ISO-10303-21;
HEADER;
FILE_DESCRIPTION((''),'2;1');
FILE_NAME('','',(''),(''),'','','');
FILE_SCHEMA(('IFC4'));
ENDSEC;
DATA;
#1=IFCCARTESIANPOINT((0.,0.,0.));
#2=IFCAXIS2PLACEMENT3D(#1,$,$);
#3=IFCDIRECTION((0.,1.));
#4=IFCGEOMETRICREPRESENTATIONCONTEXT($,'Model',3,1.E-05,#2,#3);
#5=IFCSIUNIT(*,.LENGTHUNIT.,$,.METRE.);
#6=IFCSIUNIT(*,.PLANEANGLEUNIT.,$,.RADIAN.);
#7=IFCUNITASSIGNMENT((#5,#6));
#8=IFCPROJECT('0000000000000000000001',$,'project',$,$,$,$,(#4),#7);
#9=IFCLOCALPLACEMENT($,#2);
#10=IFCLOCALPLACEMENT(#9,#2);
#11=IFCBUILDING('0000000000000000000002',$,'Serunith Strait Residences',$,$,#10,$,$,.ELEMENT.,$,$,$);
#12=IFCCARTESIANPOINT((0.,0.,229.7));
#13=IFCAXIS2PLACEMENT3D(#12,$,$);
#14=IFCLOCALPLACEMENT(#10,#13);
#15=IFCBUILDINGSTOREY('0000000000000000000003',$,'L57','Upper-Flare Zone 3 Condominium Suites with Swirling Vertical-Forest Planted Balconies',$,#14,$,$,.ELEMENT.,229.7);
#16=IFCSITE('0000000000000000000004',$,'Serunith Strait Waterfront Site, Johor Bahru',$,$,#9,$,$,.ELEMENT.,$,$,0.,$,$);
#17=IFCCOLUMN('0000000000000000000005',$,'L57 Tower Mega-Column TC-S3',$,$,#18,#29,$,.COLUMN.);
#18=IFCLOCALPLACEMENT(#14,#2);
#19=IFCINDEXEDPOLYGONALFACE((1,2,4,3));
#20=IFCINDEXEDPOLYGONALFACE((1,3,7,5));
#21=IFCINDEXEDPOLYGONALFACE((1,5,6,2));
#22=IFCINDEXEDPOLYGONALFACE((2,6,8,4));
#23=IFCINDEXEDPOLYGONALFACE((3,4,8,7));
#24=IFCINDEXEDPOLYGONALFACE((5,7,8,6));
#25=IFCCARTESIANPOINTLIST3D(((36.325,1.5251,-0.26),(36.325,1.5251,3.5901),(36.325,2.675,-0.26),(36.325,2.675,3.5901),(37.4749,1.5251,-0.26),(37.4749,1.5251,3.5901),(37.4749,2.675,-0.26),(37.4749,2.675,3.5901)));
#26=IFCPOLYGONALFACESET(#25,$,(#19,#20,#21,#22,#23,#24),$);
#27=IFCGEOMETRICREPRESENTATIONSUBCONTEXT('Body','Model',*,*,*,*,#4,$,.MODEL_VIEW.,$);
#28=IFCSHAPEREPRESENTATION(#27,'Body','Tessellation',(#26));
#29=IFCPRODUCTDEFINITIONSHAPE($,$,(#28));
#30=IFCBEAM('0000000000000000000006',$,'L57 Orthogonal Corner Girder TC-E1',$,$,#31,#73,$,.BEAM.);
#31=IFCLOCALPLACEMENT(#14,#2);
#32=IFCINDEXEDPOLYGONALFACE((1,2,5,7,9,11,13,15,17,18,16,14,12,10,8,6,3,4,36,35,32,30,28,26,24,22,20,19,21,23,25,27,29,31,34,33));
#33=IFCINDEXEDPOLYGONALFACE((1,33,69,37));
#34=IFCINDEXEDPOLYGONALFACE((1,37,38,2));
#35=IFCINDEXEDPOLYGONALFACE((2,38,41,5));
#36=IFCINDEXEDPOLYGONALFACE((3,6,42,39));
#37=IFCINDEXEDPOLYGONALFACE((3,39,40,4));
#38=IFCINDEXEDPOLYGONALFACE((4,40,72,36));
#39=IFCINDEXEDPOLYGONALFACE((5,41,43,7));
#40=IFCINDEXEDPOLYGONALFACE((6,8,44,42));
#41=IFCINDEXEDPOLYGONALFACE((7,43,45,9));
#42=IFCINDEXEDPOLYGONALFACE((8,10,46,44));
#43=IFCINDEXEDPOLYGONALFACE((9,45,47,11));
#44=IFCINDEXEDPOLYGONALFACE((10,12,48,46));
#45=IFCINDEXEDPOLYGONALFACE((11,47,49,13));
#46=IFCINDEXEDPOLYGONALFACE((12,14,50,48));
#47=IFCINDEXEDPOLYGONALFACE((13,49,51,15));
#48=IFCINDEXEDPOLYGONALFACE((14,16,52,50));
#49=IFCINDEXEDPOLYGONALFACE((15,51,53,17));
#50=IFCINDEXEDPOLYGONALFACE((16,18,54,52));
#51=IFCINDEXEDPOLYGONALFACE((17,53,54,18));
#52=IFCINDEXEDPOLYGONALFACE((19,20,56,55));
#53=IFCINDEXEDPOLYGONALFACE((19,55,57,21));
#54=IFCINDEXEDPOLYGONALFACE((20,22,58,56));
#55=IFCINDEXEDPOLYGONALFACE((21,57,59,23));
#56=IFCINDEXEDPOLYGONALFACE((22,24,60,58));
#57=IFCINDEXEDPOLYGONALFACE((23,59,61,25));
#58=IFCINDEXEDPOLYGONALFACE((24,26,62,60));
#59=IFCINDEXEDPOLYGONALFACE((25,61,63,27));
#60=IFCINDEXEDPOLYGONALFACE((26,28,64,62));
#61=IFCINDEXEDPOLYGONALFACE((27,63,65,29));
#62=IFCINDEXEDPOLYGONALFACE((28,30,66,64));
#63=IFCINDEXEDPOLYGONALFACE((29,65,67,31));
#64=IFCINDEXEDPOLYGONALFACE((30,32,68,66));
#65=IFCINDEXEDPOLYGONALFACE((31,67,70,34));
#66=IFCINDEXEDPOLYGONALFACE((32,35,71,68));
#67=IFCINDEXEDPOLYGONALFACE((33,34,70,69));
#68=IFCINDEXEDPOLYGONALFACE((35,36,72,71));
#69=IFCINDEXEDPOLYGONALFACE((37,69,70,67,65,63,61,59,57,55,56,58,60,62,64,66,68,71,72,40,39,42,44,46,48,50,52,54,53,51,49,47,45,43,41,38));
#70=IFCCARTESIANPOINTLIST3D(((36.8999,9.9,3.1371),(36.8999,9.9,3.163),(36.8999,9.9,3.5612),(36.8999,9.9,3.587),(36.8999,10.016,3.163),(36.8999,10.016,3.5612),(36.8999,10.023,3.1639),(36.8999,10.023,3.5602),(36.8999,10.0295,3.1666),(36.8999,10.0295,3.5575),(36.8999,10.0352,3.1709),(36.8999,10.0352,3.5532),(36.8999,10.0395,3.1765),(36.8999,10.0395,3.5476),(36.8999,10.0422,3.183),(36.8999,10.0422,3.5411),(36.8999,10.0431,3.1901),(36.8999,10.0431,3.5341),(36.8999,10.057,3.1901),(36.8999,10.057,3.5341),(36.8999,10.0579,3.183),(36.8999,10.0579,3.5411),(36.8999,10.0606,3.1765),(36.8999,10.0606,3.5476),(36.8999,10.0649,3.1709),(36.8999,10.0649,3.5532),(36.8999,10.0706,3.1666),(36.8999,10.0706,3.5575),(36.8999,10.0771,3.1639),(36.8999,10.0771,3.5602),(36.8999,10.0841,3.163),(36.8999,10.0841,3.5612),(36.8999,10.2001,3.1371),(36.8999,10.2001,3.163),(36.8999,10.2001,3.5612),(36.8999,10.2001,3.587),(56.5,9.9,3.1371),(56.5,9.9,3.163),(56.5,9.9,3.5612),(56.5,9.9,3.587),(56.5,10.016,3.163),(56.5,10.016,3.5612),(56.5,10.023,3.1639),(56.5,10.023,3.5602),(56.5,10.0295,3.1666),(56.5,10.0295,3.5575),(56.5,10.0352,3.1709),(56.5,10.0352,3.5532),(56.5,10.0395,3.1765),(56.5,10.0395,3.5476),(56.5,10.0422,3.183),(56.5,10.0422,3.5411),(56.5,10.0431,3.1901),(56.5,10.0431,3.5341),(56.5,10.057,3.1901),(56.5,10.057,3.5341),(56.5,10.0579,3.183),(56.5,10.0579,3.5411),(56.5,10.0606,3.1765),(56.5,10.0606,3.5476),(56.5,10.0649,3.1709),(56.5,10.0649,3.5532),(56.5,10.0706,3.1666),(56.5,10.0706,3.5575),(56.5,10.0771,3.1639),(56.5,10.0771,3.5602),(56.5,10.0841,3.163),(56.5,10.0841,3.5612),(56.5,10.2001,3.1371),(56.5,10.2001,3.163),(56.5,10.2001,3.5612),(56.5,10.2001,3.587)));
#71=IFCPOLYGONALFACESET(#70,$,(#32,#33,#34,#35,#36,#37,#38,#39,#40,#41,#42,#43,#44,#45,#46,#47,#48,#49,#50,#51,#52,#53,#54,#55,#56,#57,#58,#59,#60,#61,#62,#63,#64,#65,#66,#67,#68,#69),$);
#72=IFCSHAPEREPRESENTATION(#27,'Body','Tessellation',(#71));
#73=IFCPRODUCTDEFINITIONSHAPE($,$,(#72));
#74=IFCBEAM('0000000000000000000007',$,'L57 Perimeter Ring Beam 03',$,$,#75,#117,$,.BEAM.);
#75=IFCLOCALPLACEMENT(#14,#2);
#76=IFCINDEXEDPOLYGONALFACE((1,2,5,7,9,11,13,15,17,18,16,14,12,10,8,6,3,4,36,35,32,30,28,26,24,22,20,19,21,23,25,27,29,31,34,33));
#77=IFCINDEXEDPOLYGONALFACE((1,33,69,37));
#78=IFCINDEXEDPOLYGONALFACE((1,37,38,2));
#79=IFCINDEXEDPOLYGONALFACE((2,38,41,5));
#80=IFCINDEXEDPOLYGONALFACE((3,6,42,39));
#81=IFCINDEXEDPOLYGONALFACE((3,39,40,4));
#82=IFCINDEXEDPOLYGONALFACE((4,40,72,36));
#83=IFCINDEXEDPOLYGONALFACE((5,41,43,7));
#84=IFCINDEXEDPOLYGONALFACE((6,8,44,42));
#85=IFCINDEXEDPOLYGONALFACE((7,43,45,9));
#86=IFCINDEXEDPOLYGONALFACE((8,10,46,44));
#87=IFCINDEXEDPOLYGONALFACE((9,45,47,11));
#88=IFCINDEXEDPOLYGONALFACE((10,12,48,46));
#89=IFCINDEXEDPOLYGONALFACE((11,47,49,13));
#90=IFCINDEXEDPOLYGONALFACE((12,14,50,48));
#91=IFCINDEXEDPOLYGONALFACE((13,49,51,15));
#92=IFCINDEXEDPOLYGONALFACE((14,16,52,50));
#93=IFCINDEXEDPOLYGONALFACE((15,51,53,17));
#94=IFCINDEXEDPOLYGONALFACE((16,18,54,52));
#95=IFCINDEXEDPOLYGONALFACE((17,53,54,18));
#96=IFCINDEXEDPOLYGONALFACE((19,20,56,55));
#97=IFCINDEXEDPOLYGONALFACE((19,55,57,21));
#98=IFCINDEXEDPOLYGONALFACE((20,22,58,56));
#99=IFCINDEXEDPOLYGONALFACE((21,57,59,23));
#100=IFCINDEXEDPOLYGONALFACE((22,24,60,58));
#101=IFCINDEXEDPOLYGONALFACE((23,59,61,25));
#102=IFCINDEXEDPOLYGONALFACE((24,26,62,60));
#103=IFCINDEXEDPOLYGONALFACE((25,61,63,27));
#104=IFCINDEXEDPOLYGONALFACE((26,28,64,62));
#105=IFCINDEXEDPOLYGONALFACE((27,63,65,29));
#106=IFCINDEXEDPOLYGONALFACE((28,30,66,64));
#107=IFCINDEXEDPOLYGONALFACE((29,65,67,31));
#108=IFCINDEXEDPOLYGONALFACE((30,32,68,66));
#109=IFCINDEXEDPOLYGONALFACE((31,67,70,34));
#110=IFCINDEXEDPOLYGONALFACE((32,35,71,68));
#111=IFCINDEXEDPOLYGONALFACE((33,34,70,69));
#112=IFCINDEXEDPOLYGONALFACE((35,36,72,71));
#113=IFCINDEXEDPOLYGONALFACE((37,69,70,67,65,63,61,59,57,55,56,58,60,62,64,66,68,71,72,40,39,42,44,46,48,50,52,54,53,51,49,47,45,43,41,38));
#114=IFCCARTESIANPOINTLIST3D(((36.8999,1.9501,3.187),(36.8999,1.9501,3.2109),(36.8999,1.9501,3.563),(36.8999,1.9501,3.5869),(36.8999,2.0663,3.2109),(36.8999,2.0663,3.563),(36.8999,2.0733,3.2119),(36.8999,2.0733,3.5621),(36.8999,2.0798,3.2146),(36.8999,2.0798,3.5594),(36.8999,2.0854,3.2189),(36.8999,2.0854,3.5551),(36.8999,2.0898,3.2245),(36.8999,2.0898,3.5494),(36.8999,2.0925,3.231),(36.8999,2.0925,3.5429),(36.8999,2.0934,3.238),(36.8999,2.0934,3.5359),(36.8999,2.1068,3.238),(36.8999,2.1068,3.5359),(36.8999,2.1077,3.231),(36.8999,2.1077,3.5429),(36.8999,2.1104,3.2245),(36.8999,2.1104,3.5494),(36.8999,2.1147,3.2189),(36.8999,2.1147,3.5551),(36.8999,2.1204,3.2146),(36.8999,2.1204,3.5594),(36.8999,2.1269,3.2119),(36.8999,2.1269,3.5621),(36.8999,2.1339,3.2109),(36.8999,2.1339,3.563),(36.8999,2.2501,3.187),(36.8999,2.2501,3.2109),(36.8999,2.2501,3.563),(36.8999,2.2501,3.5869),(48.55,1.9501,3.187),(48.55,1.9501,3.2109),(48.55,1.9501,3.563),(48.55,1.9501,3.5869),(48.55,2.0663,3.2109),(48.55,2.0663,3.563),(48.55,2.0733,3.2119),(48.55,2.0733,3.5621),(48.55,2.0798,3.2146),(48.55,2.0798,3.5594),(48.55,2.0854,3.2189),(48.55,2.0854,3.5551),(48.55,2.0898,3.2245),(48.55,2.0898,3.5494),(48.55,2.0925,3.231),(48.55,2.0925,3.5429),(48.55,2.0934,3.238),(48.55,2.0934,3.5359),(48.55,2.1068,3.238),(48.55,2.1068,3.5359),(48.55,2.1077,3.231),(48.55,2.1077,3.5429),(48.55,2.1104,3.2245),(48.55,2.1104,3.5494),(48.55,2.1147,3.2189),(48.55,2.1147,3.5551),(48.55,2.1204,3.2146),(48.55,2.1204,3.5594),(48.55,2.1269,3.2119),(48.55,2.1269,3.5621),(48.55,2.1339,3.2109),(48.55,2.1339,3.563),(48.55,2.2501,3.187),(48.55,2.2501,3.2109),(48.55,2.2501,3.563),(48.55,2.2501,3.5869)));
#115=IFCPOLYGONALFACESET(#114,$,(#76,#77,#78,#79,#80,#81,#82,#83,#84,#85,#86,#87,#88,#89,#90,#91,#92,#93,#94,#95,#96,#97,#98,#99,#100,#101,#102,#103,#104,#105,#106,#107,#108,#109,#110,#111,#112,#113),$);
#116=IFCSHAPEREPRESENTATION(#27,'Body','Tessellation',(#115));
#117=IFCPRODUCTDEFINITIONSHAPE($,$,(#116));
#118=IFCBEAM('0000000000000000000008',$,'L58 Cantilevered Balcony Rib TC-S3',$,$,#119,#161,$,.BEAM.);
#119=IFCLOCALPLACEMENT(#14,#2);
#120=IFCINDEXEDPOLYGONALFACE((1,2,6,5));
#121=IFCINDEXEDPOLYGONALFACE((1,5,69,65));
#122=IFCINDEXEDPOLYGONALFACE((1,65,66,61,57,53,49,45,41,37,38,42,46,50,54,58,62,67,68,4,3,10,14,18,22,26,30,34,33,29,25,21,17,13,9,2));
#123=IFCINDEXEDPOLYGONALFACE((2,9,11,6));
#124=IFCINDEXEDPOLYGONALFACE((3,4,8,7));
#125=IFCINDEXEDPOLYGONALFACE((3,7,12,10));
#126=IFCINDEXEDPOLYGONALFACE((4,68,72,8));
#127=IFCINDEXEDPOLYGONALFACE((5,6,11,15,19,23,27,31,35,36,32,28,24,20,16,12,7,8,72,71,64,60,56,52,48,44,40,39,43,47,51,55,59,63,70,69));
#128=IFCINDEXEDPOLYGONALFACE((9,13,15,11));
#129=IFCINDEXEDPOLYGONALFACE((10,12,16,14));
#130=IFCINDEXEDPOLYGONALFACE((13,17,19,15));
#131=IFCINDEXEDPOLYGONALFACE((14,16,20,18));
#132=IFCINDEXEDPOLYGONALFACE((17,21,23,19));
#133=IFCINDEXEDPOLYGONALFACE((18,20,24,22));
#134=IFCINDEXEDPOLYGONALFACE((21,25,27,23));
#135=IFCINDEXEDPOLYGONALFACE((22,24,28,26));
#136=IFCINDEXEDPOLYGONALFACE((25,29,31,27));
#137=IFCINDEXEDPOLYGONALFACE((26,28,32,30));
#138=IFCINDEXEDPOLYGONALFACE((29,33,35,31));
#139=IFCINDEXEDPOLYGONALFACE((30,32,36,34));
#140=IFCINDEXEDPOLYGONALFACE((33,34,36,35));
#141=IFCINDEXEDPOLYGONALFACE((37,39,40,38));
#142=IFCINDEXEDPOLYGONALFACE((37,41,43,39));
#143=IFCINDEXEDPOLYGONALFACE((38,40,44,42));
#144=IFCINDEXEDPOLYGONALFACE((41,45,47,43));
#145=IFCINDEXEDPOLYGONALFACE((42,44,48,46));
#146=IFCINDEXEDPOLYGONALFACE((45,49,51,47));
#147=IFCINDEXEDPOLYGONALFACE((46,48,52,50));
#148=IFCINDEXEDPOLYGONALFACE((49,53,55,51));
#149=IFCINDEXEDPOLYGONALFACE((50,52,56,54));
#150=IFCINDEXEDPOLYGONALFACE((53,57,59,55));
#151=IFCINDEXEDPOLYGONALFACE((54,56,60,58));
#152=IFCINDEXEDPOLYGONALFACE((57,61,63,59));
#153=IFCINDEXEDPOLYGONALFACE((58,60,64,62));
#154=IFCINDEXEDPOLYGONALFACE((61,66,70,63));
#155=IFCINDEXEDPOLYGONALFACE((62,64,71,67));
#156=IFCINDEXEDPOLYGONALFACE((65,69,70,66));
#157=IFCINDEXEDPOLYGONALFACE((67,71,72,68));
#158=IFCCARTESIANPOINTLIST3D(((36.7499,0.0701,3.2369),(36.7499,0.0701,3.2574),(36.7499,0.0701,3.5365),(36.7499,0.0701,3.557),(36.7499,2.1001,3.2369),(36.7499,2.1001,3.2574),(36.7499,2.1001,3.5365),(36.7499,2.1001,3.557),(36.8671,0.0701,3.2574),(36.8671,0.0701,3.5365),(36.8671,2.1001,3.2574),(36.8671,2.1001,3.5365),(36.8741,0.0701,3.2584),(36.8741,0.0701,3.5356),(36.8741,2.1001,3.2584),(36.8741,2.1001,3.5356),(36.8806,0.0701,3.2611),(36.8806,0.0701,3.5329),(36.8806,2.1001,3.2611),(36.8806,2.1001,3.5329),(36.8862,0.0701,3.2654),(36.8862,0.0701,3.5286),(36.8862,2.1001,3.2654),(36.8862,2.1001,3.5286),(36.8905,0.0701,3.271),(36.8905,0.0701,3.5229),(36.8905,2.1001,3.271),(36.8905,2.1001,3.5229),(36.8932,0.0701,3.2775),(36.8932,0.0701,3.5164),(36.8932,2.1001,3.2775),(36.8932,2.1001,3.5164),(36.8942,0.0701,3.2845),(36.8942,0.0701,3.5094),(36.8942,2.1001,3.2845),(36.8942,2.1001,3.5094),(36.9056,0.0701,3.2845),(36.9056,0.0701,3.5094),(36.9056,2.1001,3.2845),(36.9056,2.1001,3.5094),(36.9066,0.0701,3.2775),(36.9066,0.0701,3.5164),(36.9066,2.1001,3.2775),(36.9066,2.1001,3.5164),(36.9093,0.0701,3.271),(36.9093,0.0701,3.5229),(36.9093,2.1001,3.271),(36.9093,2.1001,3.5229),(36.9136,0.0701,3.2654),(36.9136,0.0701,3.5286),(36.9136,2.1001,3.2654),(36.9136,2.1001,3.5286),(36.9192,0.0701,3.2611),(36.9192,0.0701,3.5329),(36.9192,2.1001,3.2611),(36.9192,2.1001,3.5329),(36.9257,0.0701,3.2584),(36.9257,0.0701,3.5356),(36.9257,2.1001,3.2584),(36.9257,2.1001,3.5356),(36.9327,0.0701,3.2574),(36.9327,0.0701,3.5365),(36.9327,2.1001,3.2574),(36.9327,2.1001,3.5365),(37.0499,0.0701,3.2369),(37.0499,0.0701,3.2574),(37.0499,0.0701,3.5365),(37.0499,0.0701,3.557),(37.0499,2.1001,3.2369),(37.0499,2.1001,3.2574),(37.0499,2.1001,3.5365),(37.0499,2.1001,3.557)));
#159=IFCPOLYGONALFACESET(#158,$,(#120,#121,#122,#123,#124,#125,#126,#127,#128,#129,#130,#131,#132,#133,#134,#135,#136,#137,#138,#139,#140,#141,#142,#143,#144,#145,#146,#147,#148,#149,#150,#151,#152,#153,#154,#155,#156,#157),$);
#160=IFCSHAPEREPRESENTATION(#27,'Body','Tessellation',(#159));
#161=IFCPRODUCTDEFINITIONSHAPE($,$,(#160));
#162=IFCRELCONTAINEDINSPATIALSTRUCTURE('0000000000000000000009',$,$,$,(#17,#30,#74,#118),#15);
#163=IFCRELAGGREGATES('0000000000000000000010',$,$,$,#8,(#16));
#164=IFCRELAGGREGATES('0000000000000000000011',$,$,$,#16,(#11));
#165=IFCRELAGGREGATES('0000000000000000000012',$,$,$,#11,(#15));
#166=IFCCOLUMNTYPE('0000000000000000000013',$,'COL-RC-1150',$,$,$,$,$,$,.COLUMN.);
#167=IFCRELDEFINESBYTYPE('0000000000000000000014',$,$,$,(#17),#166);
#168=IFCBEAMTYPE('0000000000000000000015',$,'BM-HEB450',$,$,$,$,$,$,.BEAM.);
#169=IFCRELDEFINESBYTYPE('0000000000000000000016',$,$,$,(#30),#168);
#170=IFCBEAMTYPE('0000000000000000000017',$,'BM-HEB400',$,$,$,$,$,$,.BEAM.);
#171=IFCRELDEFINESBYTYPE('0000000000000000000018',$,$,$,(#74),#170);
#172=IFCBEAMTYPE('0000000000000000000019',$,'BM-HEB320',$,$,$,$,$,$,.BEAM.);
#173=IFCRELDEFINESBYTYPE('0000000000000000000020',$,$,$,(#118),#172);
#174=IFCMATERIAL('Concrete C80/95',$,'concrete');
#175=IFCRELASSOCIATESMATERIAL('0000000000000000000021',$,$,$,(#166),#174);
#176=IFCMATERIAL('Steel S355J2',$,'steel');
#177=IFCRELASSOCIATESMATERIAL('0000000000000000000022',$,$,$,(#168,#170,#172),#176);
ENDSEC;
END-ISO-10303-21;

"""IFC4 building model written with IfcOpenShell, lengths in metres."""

from ifc_helpers import new_model, si_unit, direction, frame, origin, origin_2d, place, context, subcontext, project, spatial, rectangle, i_section, extrude, source, transform, mapped, material, material_profile, profile_set, type_object, element, save


model = new_model("IFC4")

# Units and contexts
model_context = context("Model", 3, precision=1e-05, world=origin(), true_north=direction((0.0, 1.0)))
body_context = subcontext(model_context, "Body", "Model", "MODEL_VIEW")
ifc_project = project(units=[si_unit("LENGTHUNIT", "METRE"), si_unit("PLANEANGLEUNIT", "RADIAN")], contexts=[model_context])

# Site, building, storey
site_placement = place(None, origin())
site = spatial("IfcSite", under=ifc_project, at=site_placement, Name="Serunith Strait Waterfront Site, Johor Bahru", CompositionType="ELEMENT", RefElevation=0.0)
building_placement = place(site_placement, origin())
building = spatial("IfcBuilding", under=site, at=building_placement, Name="Serunith Strait Residences", CompositionType="ELEMENT")
storey_placement = place(building_placement, frame((0.0, 0.0, 229.7)))
storey = spatial("IfcBuildingStorey", under=building, at=storey_placement, Name="L57", Description="Upper-Flare Zone 3 Condominium Suites with Swirling Vertical-Forest Planted Balconies", CompositionType="ELEMENT", Elevation=229.7)

# Column
ifc_material_1 = material(Name="Concrete C80/95", Category="concrete")
ifc_material_profile_1 = material_profile(ifc_material_1, rectangle(XDim=1.1499, YDim=1.1499, at=origin_2d()), Name="RC 1150x1150")
ifc_profile_set_1 = profile_set([ifc_material_profile_1], Name="Concrete C80/95")
column_type = type_object("IfcColumnType", Name="COL-RC-1150", PredefinedType="COLUMN", material=ifc_profile_set_1)
shared_shape_1 = source(origin(), body_context, "Body", "SweptSolid", [
    extrude(rectangle(XDim=1.1499, YDim=1.1499, at=origin_2d()), origin(), (0.0, 0.0, 1.0), 3.8501),
])
column_placement = place(storey_placement, frame((36.8999, 2.1001, -0.26), z_axis=(0.0, 0.0, 1.0), x_axis=(1.0, 0.0, 0.0)))
element("IfcColumn", 1, at=column_placement, inside=storey, type_object=column_type, Name="L57 Tower Mega-Column TC-S3", PredefinedType="COLUMN", context=body_context, shape_type="MappedRepresentation", body=[
    mapped(shared_shape_1, transform((0.0, 0.0, 0.0), scale=1.0)),
])

# Beams
ifc_material_2 = material(Name="Steel S355J2", Category="steel")
ifc_material_profile_2 = material_profile(ifc_material_2, i_section(OverallWidth=0.3, OverallDepth=0.45, WebThickness=0.0139, FlangeThickness=0.0259, FilletRadius=0.0271, at=origin_2d()), Name="HEB 450")
ifc_profile_set_2 = profile_set([ifc_material_profile_2], Name="Steel S355J2")
beam_type_1 = type_object("IfcBeamType", Name="BM-HEB450", PredefinedType="BEAM", material=ifc_profile_set_2)
shared_shape_2 = source(origin(), body_context, "Body", "SweptSolid", [
    extrude(i_section(OverallWidth=0.3, OverallDepth=0.45, WebThickness=0.0139, FlangeThickness=0.0259, FilletRadius=0.0271, at=origin_2d()), origin(), (0.0, 0.0, 1.0), 19.6001),
])
beam_1_placement = place(storey_placement, frame((36.8999, 10.05, 3.3621), z_axis=(1.0, 0.0, 0.0), x_axis=(0.0, 1.0, 0.0)))
element("IfcBeam", 2, at=beam_1_placement, inside=storey, type_object=beam_type_1, Name="L57 Orthogonal Corner Girder TC-E1", PredefinedType="BEAM", context=body_context, shape_type="MappedRepresentation", body=[
    mapped(shared_shape_2, transform((0.0, 0.0, 0.0), scale=1.0)),
])
ifc_material_profile_3 = material_profile(ifc_material_2, i_section(OverallWidth=0.3, OverallDepth=0.3999, WebThickness=0.0134, FlangeThickness=0.0239, FilletRadius=0.0271, at=origin_2d()), Name="HEB 400")
ifc_profile_set_3 = profile_set([ifc_material_profile_3], Name="Steel S355J2")
beam_type_2 = type_object("IfcBeamType", Name="BM-HEB400", PredefinedType="BEAM", material=ifc_profile_set_3)
shared_shape_3 = source(origin(), body_context, "Body", "SweptSolid", [
    extrude(i_section(OverallWidth=0.3, OverallDepth=0.3999, WebThickness=0.0134, FlangeThickness=0.0239, FilletRadius=0.0271, at=origin_2d()), origin(), (0.0, 0.0, 1.0), 11.6501),
])
beam_2_placement = place(storey_placement, frame((36.8999, 2.1001, 3.387), z_axis=(1.0, 0.0, 0.0), x_axis=(0.0, 1.0, 0.0)))
element("IfcBeam", 3, at=beam_2_placement, inside=storey, type_object=beam_type_2, Name="L57 Perimeter Ring Beam 03", PredefinedType="BEAM", context=body_context, shape_type="MappedRepresentation", body=[
    mapped(shared_shape_3, transform((0.0, 0.0, 0.0), scale=1.0)),
])
ifc_material_profile_4 = material_profile(ifc_material_2, i_section(OverallWidth=0.3, OverallDepth=0.3201, WebThickness=0.0115, FlangeThickness=0.0205, FilletRadius=0.0271, at=origin_2d()), Name="HEB 320")
ifc_profile_set_4 = profile_set([ifc_material_profile_4], Name="Steel S355J2")
beam_type_3 = type_object("IfcBeamType", Name="BM-HEB320", PredefinedType="BEAM", material=ifc_profile_set_4)
shared_shape_4 = source(origin(), body_context, "Body", "SweptSolid", [
    extrude(i_section(OverallWidth=0.3, OverallDepth=0.3201, WebThickness=0.0115, FlangeThickness=0.0205, FilletRadius=0.0271, at=origin_2d()), origin(), (0.0, 0.0, 1.0), 2.03),
])
beam_3_placement = place(storey_placement, frame((36.8999, 2.1001, 3.397), z_axis=(0.0, -1.0, 0.0), x_axis=(1.0, 0.0, 0.0)))
element("IfcBeam", 4, at=beam_3_placement, inside=storey, type_object=beam_type_3, Name="L58 Cantilevered Balcony Rib TC-S3", PredefinedType="BEAM", context=body_context, shape_type="MappedRepresentation", body=[
    mapped(shared_shape_4, transform((0.0, 0.0, 0.0), scale=1.0)),
])

save(model, "model.ifc")
